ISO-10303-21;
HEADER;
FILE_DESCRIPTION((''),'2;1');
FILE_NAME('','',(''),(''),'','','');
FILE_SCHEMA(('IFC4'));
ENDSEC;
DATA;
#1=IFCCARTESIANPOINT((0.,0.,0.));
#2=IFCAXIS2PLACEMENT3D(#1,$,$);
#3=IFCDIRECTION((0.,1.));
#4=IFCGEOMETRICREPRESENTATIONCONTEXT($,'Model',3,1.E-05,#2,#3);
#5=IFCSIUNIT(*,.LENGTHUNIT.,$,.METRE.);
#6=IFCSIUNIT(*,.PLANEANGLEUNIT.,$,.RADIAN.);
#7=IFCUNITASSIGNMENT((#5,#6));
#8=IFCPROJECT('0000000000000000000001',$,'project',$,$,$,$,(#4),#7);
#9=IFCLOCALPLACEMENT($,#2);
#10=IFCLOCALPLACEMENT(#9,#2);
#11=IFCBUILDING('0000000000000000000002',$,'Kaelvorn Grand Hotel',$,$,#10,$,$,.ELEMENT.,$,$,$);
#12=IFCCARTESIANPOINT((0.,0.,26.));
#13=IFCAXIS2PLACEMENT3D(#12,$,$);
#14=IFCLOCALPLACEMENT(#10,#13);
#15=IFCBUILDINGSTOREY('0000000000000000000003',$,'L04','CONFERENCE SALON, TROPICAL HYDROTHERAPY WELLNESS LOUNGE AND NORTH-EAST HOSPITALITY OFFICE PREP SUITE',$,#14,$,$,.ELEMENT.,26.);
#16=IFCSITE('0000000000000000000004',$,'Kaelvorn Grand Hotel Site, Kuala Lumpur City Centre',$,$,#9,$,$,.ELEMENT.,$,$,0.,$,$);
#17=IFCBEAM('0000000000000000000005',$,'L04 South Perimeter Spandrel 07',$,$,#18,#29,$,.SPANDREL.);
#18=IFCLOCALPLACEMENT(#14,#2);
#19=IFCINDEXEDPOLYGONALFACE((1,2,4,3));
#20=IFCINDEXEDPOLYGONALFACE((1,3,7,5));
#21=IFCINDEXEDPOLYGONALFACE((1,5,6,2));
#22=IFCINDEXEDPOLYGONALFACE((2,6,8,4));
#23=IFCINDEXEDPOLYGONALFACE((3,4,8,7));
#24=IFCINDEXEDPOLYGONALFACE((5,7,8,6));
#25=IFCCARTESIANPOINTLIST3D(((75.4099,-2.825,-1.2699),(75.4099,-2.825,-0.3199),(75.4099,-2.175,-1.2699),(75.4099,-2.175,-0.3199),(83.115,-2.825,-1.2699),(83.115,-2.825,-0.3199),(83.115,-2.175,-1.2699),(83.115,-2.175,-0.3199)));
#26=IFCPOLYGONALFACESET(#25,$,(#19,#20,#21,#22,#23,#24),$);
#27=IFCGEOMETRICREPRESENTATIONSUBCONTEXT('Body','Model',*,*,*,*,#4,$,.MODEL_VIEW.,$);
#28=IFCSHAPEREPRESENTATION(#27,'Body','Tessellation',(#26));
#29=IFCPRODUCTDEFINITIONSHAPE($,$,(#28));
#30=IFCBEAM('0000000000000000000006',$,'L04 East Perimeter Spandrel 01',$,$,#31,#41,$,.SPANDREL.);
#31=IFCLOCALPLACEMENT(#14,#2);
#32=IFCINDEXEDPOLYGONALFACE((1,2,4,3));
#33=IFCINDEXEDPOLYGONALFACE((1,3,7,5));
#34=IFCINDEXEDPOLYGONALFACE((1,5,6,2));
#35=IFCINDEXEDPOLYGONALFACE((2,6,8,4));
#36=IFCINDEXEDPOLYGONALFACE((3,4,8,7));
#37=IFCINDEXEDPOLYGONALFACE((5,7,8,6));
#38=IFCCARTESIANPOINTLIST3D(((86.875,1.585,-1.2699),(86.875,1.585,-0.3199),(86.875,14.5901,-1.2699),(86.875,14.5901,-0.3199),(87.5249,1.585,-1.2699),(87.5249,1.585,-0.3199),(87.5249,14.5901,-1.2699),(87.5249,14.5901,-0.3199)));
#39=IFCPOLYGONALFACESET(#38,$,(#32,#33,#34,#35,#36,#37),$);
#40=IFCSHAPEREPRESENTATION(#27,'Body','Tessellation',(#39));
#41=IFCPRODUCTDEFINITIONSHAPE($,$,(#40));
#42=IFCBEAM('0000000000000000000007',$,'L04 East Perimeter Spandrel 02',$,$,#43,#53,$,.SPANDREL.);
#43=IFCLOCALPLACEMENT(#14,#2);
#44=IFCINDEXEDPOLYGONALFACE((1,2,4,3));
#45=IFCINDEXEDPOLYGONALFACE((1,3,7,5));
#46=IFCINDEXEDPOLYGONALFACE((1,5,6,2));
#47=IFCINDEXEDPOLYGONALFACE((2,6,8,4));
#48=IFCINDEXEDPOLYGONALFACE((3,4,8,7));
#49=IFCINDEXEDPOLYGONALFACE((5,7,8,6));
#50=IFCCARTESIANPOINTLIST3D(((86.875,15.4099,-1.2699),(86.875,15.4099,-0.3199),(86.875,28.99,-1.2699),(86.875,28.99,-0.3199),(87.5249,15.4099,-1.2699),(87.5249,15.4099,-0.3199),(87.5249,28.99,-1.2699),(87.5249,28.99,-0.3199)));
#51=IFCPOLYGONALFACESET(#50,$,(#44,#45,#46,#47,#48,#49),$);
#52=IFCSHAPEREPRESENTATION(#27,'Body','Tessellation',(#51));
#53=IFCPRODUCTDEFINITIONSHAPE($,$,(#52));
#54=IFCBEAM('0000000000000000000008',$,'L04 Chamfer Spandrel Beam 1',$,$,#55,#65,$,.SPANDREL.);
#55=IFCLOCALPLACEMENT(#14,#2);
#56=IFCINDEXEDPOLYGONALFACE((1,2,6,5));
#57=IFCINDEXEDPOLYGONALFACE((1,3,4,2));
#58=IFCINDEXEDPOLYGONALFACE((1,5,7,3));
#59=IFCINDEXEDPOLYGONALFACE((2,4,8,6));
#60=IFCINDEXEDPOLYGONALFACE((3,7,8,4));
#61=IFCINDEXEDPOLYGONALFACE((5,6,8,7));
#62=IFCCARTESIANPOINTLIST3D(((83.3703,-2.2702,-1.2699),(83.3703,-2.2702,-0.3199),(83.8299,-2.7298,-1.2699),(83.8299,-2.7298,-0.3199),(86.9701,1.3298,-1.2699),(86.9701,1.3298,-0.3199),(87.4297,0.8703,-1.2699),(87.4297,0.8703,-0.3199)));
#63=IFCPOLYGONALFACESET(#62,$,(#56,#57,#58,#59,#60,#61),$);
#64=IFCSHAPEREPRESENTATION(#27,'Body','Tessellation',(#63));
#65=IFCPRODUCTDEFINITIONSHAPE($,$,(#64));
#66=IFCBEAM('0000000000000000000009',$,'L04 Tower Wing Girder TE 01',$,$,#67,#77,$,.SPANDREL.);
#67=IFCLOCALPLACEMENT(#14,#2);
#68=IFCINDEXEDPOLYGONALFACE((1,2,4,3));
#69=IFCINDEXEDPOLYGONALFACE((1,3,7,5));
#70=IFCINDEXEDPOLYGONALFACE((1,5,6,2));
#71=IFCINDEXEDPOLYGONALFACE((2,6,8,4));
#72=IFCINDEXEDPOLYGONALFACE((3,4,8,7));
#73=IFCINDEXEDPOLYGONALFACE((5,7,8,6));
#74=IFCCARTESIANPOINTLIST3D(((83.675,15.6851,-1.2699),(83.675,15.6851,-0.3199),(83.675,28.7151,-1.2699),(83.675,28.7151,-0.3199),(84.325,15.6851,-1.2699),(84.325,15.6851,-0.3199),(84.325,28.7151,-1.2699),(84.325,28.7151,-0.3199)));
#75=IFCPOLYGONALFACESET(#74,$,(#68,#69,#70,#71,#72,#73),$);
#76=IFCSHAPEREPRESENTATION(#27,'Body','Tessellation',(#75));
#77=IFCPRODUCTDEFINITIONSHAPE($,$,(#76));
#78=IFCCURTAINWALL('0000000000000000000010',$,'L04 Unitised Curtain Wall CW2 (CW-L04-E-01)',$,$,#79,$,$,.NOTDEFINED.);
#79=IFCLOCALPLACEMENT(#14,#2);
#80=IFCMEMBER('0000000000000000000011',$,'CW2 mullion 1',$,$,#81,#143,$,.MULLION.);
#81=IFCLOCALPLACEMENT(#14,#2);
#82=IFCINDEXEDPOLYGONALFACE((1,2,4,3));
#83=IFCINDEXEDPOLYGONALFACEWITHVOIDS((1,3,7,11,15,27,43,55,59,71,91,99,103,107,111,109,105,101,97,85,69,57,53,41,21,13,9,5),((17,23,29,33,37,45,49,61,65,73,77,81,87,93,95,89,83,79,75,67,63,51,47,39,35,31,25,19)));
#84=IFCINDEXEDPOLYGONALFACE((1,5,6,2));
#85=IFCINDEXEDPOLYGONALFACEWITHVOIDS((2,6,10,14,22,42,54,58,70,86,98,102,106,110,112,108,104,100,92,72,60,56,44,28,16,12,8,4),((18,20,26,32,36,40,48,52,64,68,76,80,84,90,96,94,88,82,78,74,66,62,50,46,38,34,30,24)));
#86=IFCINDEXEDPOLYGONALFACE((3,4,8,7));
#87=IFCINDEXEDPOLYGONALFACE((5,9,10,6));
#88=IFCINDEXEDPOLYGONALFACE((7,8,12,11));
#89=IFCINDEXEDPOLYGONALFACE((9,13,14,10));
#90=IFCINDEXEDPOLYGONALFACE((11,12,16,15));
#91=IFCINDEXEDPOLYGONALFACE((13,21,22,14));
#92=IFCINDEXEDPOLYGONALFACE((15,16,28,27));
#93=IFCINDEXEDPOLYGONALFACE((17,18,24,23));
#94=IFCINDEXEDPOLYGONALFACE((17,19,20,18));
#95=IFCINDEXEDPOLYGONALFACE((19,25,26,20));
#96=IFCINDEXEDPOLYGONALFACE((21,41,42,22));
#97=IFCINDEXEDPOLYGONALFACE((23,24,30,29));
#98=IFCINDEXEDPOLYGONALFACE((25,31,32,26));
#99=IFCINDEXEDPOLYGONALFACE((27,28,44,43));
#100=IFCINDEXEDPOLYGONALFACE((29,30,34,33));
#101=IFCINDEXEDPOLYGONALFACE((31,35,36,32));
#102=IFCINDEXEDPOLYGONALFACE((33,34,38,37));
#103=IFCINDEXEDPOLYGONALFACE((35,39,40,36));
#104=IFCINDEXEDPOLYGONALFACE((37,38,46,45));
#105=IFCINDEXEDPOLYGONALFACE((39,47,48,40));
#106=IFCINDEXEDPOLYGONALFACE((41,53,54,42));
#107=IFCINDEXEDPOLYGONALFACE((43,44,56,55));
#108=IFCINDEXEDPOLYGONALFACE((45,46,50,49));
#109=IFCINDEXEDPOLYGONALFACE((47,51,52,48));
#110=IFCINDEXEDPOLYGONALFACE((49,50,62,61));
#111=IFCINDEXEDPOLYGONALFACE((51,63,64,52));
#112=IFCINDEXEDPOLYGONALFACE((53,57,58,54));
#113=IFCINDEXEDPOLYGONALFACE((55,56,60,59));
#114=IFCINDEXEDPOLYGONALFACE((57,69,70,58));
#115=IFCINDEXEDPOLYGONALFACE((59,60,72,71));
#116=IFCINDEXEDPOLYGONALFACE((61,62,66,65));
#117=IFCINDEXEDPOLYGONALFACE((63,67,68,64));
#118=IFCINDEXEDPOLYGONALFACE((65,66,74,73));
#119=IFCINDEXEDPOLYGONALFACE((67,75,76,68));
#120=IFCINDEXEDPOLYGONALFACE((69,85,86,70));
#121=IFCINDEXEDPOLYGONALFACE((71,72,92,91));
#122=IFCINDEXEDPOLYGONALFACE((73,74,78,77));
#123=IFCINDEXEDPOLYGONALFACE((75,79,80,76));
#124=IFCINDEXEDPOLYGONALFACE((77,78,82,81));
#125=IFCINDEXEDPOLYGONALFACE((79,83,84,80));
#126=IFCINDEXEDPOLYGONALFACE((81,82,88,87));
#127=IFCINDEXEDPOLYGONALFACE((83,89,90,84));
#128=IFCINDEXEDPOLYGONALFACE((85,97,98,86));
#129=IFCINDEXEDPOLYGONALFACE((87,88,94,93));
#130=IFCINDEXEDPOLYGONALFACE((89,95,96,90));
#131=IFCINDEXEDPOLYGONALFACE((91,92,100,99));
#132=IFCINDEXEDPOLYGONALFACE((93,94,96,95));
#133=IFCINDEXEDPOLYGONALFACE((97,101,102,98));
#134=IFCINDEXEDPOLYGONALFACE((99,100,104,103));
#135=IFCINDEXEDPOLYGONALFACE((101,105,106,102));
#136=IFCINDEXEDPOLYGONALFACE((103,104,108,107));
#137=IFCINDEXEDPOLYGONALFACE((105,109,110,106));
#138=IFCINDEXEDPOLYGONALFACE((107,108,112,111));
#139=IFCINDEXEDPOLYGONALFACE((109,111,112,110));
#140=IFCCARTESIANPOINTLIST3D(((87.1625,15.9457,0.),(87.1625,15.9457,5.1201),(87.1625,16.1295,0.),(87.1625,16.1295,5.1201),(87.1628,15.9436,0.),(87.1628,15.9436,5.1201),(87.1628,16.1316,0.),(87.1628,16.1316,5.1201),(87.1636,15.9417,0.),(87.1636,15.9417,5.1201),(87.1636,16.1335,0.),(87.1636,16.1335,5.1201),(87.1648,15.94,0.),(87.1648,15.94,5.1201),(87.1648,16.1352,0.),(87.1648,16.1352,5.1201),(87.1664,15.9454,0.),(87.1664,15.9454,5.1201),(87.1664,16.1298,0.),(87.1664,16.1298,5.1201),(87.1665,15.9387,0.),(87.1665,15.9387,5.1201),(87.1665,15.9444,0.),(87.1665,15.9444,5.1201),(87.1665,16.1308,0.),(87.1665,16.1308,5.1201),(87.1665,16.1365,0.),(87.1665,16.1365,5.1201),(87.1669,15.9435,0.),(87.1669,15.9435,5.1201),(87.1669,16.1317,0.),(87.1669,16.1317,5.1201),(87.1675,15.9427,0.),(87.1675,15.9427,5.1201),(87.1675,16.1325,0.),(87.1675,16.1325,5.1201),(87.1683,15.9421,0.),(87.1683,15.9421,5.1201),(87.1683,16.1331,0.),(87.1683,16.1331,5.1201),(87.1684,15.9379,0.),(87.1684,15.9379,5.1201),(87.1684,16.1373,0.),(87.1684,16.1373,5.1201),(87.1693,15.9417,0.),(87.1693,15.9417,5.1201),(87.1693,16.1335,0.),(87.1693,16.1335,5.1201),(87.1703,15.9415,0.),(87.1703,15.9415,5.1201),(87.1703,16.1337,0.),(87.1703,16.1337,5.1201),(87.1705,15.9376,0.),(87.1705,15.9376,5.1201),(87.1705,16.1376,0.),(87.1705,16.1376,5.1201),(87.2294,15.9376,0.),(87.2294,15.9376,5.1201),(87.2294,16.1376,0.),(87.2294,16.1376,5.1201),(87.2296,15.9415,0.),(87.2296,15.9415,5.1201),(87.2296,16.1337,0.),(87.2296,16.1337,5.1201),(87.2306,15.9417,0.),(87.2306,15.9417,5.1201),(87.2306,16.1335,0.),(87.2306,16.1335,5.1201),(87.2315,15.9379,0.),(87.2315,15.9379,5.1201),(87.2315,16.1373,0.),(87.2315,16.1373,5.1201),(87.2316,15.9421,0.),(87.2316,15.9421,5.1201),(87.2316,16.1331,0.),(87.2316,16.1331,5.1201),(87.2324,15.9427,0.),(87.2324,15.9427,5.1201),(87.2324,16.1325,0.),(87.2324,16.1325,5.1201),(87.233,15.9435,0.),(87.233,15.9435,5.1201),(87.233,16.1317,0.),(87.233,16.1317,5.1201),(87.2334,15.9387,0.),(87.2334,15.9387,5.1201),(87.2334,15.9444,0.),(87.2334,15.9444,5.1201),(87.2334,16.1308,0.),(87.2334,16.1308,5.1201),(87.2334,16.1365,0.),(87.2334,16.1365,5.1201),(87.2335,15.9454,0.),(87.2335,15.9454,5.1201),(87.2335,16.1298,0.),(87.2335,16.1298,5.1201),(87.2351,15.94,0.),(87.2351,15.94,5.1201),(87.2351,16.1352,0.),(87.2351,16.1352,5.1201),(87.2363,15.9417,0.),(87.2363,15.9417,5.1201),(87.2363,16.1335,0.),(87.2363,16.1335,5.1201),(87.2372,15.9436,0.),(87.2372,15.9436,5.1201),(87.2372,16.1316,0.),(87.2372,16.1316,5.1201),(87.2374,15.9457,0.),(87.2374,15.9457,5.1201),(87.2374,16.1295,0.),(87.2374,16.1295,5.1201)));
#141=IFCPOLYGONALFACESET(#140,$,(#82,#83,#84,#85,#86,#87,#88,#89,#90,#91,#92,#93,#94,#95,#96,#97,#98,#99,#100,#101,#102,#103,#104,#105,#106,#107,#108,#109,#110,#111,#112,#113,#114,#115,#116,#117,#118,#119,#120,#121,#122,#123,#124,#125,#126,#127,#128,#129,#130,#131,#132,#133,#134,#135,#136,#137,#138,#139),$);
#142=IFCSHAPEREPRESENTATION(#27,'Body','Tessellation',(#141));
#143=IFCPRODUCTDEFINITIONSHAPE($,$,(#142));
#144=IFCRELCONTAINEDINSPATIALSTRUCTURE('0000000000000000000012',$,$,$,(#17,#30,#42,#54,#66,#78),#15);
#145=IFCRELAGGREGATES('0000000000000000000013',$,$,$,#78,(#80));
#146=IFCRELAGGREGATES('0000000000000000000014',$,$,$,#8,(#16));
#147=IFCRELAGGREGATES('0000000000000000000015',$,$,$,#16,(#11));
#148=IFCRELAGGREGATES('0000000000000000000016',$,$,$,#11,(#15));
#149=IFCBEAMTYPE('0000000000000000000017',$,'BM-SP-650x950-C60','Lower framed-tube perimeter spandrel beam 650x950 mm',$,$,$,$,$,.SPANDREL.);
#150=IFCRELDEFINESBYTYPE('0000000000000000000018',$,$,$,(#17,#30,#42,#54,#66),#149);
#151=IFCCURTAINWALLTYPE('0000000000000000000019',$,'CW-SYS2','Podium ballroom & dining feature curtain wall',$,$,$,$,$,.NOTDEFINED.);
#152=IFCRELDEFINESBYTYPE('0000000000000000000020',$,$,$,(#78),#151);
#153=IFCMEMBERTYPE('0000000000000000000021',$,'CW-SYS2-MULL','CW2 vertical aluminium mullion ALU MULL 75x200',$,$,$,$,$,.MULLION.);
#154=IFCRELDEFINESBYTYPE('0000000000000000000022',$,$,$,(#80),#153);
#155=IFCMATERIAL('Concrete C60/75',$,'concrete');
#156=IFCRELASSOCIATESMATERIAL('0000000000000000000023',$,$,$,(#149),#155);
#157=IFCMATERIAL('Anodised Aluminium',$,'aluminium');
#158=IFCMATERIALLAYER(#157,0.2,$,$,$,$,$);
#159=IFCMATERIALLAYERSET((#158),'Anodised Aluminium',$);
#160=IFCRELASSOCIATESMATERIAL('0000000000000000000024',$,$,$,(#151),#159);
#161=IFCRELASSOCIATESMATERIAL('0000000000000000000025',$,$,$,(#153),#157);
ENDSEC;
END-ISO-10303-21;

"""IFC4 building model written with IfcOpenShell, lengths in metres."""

from ifc_helpers import new_model, si_unit, direction, frame, origin, origin_2d, place, context, subcontext, project, spatial, rectangle, hollow_rectangle, extrude, material, layer, layer_set, material_profile, profile_set, type_object, element, aggregate, save


model = new_model("IFC4")

# Units and contexts
model_context = context("Model", 3, precision=1e-05, world=origin(), true_north=direction((0.0, 1.0)))
body_context = subcontext(model_context, "Body", "Model", "MODEL_VIEW")
ifc_project = project(units=[si_unit("LENGTHUNIT", "METRE"), si_unit("PLANEANGLEUNIT", "RADIAN")], contexts=[model_context])

# Site, building, storey
site_placement = place(None, origin())
site = spatial("IfcSite", under=ifc_project, at=site_placement, Name="Kaelvorn Grand Hotel Site, Kuala Lumpur City Centre", CompositionType="ELEMENT", RefElevation=0.0)
building_placement = place(site_placement, origin())
building = spatial("IfcBuilding", under=site, at=building_placement, Name="Kaelvorn Grand Hotel", CompositionType="ELEMENT")
storey_placement = place(building_placement, frame((0.0, 0.0, 26.0)))
storey = spatial("IfcBuildingStorey", under=building, at=storey_placement, Name="L04", Description="CONFERENCE SALON, TROPICAL HYDROTHERAPY WELLNESS LOUNGE AND NORTH-EAST HOSPITALITY OFFICE PREP SUITE", CompositionType="ELEMENT", Elevation=26.0)

# Beams
ifc_material_1 = material(Name="Concrete C60/75", Category="concrete")
ifc_material_profile_1 = material_profile(ifc_material_1, rectangle(XDim=0.6499, YDim=0.95, at=origin_2d()), Name="RC SPANDREL 650x950")
ifc_profile_set_1 = profile_set([ifc_material_profile_1], Name="Concrete C60/75")
beam_type_1 = type_object("IfcBeamType", Name="BM-SP-650x950-C60", Description="Lower framed-tube perimeter spandrel beam 650x950 mm", PredefinedType="SPANDREL", material=ifc_profile_set_1)
beam_1_placement = place(storey_placement, frame((75.4099, -2.5, -0.7949), z_axis=(1.0, 0.0, 0.0), x_axis=(0.0, 1.0, 0.0)))
element("IfcBeam", 1, at=beam_1_placement, inside=storey, type_object=beam_type_1, Name="L04 South Perimeter Spandrel 07", PredefinedType="SPANDREL", context=body_context, shape_type="SweptSolid", body=[
    extrude(rectangle(XDim=0.6499, YDim=0.95, at=origin_2d()), origin(), (0.0, 0.0, 1.0), 7.7051),
])
beam_2_placement = place(storey_placement, frame((87.2, 1.585, -0.7949), z_axis=(0.0, 1.0, 0.0), x_axis=(-1.0, 0.0, 0.0)))
element("IfcBeam", 2, at=beam_2_placement, inside=storey, type_object=beam_type_1, Name="L04 East Perimeter Spandrel 01", PredefinedType="SPANDREL", context=body_context, shape_type="SweptSolid", body=[
    extrude(rectangle(XDim=0.6499, YDim=0.95, at=origin_2d()), origin(), (0.0, 0.0, 1.0), 13.0051),
])
beam_3_placement = place(storey_placement, frame((87.2, 15.4099, -0.7949), z_axis=(0.0, 1.0, 0.0), x_axis=(-1.0, 0.0, 0.0)))
element("IfcBeam", 3, at=beam_3_placement, inside=storey, type_object=beam_type_1, Name="L04 East Perimeter Spandrel 02", PredefinedType="SPANDREL", context=body_context, shape_type="SweptSolid", body=[
    extrude(rectangle(XDim=0.6499, YDim=0.95, at=origin_2d()), origin(), (0.0, 0.0, 1.0), 13.5801),
])
beam_4_placement = place(storey_placement, frame((83.6001, -2.5, -0.7949), z_axis=(0.707083, 0.707131, 0.0), x_axis=(-0.707131, 0.707083, 0.0)))
element("IfcBeam", 4, at=beam_4_placement, inside=storey, type_object=beam_type_1, Name="L04 Chamfer Spandrel Beam 1", PredefinedType="SPANDREL", context=body_context, shape_type="SweptSolid", body=[
    extrude(rectangle(XDim=0.6499, YDim=0.95, at=origin_2d()), origin(), (0.0, 0.0, 1.0), 5.0911),
])
beam_5_placement = place(storey_placement, frame((84.0, 15.6851, -0.7949), z_axis=(0.0, 1.0, 0.0), x_axis=(-1.0, 0.0, 0.0)))
element("IfcBeam", 5, at=beam_5_placement, inside=storey, type_object=beam_type_1, Name="L04 Tower Wing Girder TE 01", PredefinedType="SPANDREL", context=body_context, shape_type="SweptSolid", body=[
    extrude(rectangle(XDim=0.6499, YDim=0.95, at=origin_2d()), origin(), (0.0, 0.0, 1.0), 13.03),
])

# Curtain wall, member
ifc_material_2 = material(Name="Anodised Aluminium", Category="aluminium")
ifc_layer_1 = layer(ifc_material_2, 0.2)
ifc_layer_set_1 = layer_set([ifc_layer_1], Name="Anodised Aluminium")
curtain_wall_type = type_object("IfcCurtainWallType", Name="CW-SYS2", Description="Podium ballroom & dining feature curtain wall", PredefinedType="NOTDEFINED", material=ifc_layer_set_1)
curtain_wall_placement = place(storey_placement, origin())
curtain_wall = element("IfcCurtainWall", 6, at=curtain_wall_placement, inside=storey, type_object=curtain_wall_type, Name="L04 Unitised Curtain Wall CW2 (CW-L04-E-01)", PredefinedType="NOTDEFINED")
ifc_material_profile_2 = material_profile(ifc_material_2, hollow_rectangle(XDim=0.075, YDim=0.2, WallThickness=0.0039, InnerFilletRadius=0.0039, OuterFilletRadius=0.0081, at=origin_2d()), Name="ALU MULL 75x200")
ifc_profile_set_2 = profile_set([ifc_material_profile_2], Name="Anodised Aluminium")
member_type_1 = type_object("IfcMemberType", Name="CW-SYS2-MULL", Description="CW2 vertical aluminium mullion ALU MULL 75x200", PredefinedType="MULLION", material=ifc_profile_set_2)
member_1_placement = place(storey_placement, frame((87.2, 16.0376, 0.0), z_axis=(0.0, 0.0, 1.0), x_axis=(-1.0, 0.0, 0.0)))
member_1 = element("IfcMember", 7, at=member_1_placement, type_object=member_type_1, Name="CW2 mullion 1", PredefinedType="MULLION", context=body_context, shape_type="SweptSolid", body=[
    extrude(hollow_rectangle(XDim=0.075, YDim=0.2, WallThickness=0.0039, InnerFilletRadius=0.0039, OuterFilletRadius=0.0081, at=origin_2d()), origin(), (0.0, 0.0, 1.0), 5.1201),
])
aggregate(curtain_wall, [member_1])

save(model, "model.ifc")
